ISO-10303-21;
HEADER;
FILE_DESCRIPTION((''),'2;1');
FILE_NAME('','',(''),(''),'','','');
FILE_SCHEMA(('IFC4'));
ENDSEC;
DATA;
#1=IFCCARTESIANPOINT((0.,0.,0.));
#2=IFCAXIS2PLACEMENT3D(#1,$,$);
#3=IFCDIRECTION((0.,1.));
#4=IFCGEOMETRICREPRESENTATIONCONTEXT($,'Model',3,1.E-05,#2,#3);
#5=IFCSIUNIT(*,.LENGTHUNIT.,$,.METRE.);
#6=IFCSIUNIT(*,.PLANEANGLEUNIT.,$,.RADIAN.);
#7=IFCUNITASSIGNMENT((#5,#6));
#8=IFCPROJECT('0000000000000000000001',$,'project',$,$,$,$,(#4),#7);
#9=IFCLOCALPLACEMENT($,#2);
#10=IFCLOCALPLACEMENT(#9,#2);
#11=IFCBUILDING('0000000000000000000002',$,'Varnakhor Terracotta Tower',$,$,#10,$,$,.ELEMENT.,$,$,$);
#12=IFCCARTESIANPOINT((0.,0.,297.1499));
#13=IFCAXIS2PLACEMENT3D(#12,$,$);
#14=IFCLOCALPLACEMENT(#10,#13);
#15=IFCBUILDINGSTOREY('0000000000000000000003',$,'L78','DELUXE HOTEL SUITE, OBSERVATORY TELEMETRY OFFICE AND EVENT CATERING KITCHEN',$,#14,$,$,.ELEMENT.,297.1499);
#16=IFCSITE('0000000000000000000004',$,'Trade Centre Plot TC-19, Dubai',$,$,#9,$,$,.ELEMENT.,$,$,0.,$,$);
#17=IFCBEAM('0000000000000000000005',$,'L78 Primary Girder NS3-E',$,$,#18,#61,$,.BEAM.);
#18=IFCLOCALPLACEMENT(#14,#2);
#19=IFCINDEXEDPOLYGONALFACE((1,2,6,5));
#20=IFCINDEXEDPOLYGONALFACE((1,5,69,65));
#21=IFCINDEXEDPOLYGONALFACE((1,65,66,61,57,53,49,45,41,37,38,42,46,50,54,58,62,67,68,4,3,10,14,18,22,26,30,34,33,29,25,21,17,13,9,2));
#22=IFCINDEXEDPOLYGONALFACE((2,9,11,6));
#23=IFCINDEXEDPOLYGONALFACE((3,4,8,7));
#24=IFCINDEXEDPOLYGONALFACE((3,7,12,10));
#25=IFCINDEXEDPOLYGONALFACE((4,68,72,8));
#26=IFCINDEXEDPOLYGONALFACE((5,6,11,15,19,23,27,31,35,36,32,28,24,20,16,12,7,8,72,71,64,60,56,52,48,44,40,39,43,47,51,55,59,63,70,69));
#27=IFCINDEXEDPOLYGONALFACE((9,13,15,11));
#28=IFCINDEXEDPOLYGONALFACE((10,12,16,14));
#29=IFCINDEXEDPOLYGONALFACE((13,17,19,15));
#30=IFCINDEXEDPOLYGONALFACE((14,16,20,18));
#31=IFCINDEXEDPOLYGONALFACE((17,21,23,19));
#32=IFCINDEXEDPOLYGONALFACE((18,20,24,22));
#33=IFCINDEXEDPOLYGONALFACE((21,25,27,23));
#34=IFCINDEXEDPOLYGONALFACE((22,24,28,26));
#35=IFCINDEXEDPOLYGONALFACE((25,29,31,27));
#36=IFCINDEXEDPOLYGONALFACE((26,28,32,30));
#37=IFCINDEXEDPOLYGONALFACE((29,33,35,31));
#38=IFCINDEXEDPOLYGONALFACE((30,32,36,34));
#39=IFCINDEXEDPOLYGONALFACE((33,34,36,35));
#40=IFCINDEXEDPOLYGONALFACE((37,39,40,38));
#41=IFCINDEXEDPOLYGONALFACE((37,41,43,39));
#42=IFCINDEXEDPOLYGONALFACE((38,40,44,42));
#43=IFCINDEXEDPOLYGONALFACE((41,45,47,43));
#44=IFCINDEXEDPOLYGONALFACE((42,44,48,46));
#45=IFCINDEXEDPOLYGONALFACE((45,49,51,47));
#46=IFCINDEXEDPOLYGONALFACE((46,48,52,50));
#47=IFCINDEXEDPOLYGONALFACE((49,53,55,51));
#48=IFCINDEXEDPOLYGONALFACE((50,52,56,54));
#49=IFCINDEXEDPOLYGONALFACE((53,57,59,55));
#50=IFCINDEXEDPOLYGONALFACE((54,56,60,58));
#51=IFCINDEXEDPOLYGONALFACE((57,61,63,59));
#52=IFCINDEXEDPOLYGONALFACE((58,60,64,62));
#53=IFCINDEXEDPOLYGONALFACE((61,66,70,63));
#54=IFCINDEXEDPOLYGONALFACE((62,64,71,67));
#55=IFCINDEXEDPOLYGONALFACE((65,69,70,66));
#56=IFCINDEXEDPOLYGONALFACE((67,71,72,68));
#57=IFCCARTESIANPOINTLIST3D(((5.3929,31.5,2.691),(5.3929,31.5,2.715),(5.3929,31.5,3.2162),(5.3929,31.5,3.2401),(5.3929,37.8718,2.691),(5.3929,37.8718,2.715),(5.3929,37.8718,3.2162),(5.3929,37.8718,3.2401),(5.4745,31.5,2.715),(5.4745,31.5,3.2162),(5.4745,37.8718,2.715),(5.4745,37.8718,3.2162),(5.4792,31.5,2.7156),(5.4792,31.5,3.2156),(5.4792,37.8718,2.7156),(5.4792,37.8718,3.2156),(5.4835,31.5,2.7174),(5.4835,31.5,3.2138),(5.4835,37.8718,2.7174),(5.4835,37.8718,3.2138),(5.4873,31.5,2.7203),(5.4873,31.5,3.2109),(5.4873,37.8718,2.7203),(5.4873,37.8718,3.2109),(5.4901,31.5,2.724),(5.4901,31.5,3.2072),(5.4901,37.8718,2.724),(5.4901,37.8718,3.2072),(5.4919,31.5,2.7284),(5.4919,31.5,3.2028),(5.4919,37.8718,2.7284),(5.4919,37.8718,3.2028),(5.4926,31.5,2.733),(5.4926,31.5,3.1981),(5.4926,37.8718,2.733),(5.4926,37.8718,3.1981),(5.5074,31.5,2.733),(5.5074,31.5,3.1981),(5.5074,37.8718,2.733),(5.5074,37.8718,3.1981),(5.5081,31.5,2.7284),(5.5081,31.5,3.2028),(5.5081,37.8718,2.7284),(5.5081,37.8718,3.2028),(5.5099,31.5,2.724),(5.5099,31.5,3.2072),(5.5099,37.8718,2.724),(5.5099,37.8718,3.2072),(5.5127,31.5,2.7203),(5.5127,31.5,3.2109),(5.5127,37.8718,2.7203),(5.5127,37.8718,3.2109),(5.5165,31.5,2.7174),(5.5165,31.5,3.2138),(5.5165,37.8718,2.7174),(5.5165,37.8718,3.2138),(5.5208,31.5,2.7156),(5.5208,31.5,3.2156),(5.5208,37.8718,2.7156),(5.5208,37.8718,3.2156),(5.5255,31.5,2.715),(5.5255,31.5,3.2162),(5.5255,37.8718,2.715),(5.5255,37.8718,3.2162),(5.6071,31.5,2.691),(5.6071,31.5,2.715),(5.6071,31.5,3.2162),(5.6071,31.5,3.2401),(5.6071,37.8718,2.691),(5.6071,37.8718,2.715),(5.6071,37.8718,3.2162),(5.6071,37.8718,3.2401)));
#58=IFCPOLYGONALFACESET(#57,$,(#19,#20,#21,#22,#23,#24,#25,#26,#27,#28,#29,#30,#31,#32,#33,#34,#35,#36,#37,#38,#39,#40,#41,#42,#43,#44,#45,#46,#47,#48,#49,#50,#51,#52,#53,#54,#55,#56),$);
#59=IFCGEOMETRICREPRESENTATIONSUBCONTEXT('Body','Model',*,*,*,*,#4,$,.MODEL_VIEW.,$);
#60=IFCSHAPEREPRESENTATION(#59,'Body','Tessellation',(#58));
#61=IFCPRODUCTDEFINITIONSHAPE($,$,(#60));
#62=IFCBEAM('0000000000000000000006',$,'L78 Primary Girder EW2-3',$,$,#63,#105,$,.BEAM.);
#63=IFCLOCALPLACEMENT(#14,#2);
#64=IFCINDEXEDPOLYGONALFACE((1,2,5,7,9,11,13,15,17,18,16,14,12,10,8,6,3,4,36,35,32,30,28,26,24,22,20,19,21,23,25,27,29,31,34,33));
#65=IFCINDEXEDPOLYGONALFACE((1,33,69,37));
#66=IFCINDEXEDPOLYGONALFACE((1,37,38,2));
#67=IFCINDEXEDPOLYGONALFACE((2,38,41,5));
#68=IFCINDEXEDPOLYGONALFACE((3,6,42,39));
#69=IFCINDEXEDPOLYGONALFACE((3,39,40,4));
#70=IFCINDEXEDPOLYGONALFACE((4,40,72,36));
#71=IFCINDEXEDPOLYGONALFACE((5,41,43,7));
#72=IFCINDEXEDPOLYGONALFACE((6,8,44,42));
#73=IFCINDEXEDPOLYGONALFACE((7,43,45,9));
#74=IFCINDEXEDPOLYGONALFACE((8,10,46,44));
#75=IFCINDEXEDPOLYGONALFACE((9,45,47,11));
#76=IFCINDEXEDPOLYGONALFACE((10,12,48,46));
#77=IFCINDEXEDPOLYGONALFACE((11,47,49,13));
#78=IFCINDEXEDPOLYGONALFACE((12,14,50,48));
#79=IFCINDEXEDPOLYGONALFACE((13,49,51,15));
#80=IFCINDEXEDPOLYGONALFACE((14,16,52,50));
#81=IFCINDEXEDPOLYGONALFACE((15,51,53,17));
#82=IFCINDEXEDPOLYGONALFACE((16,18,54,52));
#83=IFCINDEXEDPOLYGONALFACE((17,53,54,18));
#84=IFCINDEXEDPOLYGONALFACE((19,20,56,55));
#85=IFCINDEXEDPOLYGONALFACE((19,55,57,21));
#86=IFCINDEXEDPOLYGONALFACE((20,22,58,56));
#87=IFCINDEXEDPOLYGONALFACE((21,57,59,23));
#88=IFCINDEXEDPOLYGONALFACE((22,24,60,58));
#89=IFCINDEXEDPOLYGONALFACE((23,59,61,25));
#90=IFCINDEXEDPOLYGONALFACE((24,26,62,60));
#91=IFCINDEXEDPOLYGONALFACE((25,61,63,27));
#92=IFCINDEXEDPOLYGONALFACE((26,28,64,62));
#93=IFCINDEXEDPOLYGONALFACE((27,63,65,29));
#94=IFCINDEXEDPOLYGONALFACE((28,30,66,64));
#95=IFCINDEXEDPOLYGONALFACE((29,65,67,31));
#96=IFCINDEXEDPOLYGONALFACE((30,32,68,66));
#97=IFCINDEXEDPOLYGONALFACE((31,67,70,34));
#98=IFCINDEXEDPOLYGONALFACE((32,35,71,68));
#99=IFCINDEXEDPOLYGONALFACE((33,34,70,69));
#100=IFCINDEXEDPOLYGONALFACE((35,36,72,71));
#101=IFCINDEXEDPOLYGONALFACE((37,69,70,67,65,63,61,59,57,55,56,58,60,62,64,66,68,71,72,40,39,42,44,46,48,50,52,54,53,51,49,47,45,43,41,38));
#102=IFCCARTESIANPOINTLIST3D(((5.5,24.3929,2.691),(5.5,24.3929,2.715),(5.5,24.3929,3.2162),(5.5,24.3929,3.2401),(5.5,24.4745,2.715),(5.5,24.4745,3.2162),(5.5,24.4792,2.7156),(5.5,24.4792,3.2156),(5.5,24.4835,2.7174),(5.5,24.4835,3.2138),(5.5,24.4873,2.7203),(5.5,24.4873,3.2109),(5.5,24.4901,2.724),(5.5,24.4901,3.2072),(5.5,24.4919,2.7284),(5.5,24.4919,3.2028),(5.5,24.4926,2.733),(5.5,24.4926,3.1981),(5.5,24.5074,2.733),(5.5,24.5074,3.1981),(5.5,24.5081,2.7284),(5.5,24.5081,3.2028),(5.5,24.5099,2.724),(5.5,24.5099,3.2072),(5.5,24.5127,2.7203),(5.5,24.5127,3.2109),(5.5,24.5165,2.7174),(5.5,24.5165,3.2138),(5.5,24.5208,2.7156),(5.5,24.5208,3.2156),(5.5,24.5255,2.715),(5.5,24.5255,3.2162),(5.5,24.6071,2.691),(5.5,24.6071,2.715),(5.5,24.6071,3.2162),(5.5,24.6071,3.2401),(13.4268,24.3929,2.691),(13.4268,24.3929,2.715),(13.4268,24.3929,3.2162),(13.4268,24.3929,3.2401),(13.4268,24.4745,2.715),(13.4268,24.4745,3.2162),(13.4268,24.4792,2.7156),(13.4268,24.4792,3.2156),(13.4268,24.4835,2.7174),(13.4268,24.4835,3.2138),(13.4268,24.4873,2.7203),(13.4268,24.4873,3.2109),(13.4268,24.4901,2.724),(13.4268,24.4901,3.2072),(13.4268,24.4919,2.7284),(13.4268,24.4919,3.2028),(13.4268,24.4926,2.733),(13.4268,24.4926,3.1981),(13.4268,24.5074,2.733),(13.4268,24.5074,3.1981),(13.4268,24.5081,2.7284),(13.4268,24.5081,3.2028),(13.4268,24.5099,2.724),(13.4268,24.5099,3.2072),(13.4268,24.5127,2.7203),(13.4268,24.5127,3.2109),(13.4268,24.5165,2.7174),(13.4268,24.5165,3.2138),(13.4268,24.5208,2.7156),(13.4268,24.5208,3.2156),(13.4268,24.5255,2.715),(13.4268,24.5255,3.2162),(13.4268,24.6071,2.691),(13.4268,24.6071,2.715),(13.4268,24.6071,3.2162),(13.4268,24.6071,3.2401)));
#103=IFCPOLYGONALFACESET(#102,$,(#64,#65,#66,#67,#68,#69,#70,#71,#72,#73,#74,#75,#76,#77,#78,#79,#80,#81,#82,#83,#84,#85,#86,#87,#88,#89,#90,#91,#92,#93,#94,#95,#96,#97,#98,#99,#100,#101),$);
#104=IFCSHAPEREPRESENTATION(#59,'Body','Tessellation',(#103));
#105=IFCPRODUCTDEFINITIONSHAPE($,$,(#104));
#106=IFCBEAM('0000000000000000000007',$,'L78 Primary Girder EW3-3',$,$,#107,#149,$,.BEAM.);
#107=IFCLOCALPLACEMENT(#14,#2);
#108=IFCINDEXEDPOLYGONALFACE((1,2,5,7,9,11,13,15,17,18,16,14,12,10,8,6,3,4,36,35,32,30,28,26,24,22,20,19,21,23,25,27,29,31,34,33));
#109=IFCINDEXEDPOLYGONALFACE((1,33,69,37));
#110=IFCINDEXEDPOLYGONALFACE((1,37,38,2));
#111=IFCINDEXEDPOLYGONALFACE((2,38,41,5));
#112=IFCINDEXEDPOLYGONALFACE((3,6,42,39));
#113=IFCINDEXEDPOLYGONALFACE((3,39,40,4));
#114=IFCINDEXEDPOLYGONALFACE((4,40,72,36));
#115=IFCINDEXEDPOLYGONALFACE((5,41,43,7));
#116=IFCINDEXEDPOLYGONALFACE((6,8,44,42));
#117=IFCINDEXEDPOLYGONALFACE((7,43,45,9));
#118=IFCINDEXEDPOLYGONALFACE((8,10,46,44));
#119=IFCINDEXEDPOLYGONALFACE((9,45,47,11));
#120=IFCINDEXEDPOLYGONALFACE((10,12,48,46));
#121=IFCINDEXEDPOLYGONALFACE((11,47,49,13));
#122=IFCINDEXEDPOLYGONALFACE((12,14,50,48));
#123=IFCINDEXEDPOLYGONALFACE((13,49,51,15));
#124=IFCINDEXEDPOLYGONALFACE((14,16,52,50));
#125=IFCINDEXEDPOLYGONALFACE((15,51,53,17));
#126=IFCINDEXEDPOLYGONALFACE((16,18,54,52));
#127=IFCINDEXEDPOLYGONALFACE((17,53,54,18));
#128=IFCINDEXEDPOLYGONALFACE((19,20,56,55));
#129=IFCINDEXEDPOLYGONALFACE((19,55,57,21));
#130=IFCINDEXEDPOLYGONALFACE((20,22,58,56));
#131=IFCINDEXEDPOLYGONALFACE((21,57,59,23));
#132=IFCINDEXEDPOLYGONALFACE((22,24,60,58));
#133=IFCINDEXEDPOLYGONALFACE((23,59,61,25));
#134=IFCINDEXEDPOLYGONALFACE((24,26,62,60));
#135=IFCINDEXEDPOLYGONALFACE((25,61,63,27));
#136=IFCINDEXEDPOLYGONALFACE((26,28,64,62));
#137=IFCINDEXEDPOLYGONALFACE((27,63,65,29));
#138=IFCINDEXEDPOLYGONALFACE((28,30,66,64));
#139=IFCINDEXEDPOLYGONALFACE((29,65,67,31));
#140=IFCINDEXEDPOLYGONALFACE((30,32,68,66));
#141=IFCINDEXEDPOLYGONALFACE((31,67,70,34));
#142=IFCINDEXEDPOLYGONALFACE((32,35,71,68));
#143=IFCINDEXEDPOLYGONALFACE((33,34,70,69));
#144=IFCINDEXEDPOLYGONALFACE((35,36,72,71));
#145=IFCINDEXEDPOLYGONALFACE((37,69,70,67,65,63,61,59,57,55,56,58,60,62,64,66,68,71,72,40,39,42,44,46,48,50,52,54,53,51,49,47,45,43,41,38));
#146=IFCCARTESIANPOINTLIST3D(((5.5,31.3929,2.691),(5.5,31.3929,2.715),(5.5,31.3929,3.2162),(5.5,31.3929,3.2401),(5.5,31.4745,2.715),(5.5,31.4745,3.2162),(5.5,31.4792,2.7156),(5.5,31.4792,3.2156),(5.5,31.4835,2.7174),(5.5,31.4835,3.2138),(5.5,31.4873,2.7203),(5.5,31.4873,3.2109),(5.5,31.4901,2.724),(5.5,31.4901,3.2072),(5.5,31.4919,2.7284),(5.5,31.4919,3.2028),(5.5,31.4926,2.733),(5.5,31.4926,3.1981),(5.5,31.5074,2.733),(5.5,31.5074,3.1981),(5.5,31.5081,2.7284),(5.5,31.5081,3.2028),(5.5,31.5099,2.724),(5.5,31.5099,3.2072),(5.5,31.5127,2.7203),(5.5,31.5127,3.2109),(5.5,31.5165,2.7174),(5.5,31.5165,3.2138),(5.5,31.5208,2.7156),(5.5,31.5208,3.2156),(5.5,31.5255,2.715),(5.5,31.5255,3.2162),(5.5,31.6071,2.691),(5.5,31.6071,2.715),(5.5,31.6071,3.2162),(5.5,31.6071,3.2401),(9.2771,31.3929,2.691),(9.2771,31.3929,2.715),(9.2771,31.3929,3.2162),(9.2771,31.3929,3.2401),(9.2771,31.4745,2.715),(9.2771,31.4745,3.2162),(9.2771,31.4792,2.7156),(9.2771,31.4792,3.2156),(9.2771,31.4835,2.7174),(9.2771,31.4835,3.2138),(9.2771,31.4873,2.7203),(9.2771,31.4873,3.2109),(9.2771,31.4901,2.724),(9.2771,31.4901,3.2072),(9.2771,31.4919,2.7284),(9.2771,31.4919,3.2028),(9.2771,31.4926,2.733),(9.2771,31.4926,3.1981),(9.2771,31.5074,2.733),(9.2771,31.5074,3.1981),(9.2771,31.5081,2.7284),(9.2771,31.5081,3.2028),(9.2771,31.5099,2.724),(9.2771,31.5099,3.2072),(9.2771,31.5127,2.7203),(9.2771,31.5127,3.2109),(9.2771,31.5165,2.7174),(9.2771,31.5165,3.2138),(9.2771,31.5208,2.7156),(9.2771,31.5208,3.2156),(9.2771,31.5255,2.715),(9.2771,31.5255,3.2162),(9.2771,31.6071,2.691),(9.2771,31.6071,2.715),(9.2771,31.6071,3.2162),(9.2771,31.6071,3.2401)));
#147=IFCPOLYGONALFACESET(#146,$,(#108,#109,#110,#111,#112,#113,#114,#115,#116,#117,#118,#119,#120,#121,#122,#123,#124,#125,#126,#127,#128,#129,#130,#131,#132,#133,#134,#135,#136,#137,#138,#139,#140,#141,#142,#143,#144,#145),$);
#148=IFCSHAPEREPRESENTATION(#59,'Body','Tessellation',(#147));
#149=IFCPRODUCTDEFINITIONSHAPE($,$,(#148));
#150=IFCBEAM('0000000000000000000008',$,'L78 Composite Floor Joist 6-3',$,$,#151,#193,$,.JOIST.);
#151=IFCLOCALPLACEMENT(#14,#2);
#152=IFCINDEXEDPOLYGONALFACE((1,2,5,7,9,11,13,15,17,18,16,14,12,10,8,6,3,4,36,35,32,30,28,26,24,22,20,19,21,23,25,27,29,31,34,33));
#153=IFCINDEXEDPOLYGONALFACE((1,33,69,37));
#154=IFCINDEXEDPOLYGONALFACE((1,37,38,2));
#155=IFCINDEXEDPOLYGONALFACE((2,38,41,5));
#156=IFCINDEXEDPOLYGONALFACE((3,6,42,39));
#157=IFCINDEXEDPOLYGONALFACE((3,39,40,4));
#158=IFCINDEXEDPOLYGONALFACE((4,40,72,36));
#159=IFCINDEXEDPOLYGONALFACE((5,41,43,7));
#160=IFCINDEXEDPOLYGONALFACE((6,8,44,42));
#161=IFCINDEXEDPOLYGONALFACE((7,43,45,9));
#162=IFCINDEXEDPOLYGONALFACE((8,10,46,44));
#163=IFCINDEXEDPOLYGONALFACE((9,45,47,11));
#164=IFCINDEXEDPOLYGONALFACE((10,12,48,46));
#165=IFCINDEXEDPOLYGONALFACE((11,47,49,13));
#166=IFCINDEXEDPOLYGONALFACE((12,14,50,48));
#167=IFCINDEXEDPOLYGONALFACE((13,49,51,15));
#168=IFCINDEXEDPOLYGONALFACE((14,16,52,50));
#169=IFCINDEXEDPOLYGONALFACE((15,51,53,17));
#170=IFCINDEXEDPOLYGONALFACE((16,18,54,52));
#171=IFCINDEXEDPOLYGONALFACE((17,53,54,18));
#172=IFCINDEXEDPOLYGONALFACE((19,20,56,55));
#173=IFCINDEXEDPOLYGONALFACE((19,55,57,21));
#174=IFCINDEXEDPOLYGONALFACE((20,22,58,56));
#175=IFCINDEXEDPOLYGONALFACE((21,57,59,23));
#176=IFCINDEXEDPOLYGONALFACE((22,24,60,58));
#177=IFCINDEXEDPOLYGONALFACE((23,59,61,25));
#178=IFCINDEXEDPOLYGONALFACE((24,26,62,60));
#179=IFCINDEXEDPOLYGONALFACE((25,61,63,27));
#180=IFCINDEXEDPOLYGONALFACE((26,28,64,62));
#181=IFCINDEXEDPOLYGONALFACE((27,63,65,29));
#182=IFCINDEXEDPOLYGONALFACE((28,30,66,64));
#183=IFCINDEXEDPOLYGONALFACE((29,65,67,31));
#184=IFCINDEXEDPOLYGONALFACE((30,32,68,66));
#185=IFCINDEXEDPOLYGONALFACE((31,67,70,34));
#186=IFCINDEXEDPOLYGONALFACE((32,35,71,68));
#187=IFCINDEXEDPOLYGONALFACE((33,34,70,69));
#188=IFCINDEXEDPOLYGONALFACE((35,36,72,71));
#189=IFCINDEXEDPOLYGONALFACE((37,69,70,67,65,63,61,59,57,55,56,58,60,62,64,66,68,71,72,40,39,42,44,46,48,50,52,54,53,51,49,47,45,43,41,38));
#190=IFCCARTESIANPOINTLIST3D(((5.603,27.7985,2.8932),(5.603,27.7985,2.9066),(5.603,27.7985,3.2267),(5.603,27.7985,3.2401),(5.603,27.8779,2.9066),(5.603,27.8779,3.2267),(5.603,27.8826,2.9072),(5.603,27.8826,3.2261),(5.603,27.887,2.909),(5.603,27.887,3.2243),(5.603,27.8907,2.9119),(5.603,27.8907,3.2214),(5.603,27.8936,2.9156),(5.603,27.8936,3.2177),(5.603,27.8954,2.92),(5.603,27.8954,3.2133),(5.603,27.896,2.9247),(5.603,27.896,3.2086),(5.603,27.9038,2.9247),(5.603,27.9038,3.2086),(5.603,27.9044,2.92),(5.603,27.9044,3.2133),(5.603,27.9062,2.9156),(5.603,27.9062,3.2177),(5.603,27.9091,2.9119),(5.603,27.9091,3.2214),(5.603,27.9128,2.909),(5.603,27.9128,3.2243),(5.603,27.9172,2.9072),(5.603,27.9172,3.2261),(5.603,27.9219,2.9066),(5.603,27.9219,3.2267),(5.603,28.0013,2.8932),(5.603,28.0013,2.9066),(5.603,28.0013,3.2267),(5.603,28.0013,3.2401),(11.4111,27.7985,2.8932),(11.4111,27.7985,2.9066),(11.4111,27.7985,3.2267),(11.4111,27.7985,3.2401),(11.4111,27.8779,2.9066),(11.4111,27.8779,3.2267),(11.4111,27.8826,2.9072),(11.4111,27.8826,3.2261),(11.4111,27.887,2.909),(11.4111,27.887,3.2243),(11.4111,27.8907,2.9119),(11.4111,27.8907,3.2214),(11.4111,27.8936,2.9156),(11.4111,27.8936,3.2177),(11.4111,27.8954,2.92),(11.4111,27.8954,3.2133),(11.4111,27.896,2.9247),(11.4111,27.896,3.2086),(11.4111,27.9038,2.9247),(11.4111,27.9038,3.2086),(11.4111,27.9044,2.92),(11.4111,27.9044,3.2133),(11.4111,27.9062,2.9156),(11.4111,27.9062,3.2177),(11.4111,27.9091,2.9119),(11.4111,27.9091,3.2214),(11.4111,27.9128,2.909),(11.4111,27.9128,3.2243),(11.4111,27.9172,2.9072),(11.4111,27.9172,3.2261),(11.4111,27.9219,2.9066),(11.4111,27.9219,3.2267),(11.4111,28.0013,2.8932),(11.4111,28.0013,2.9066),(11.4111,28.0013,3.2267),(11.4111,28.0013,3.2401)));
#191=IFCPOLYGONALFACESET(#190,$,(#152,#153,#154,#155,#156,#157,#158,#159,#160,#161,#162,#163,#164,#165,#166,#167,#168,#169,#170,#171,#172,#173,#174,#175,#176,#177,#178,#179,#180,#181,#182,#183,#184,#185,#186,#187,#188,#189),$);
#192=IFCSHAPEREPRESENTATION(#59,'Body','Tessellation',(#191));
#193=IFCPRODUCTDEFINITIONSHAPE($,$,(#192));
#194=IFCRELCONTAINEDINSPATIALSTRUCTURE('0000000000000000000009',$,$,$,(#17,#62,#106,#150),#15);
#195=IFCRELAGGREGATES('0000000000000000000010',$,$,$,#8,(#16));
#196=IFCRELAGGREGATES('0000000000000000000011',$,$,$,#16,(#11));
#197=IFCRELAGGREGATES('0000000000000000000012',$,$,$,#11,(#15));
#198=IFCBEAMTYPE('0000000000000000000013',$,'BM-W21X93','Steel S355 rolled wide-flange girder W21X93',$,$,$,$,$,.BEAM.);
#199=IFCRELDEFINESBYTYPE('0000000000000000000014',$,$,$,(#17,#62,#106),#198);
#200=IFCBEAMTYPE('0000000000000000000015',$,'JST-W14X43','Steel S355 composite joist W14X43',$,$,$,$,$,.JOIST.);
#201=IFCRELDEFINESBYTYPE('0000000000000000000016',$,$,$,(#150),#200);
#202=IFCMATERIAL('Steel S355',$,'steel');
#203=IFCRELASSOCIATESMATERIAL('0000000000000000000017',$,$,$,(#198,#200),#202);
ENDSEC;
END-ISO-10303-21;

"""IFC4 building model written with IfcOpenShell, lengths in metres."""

from ifc_helpers import new_model, si_unit, direction, frame, origin, origin_2d, place, context, subcontext, project, spatial, i_section, extrude, source, transform, mapped, material, material_profile, profile_set, type_object, element, save


model = new_model("IFC4")

# Units and contexts
model_context = context("Model", 3, precision=1e-05, world=origin(), true_north=direction((0.0, 1.0)))
body_context = subcontext(model_context, "Body", "Model", "MODEL_VIEW")
ifc_project = project(units=[si_unit("LENGTHUNIT", "METRE"), si_unit("PLANEANGLEUNIT", "RADIAN")], contexts=[model_context])

# Site, building, storey
site_placement = place(None, origin())
site = spatial("IfcSite", under=ifc_project, at=site_placement, Name="Trade Centre Plot TC-19, Dubai", CompositionType="ELEMENT", RefElevation=0.0)
building_placement = place(site_placement, origin())
building = spatial("IfcBuilding", under=site, at=building_placement, Name="Varnakhor Terracotta Tower", CompositionType="ELEMENT")
storey_placement = place(building_placement, frame((0.0, 0.0, 297.1499)))
storey = spatial("IfcBuildingStorey", under=building, at=storey_placement, Name="L78", Description="DELUXE HOTEL SUITE, OBSERVATORY TELEMETRY OFFICE AND EVENT CATERING KITCHEN", CompositionType="ELEMENT", Elevation=297.1499)

# Shared definitions
ifc_material_1 = material(Name="Steel S355", Category="steel")

# Beams
ifc_material_profile_1 = material_profile(ifc_material_1, i_section(OverallWidth=0.2141, OverallDepth=0.5491, WebThickness=0.0149, FlangeThickness=0.0239, FilletRadius=0.0181, at=origin_2d()), Name="W21X93")
ifc_profile_set_1 = profile_set([ifc_material_profile_1], Name="Steel S355")
beam_type_1 = type_object("IfcBeamType", Name="BM-W21X93", Description="Steel S355 rolled wide-flange girder W21X93", PredefinedType="BEAM", material=ifc_profile_set_1)
shared_shape_1 = source(origin(), body_context, "Body", "SweptSolid", [
    extrude(i_section(OverallWidth=0.2141, OverallDepth=0.5491, WebThickness=0.0149, FlangeThickness=0.0239, FilletRadius=0.0181, at=origin_2d()), origin(), (0.0, 0.0, 1.0), 6.3718),
])
beam_1_placement = place(storey_placement, frame((5.5, 31.5, 2.9656), z_axis=(0.0, 1.0, 0.0), x_axis=(-1.0, 0.0, 0.0)))
element("IfcBeam", 1, at=beam_1_placement, inside=storey, type_object=beam_type_1, Name="L78 Primary Girder NS3-E", PredefinedType="BEAM", context=body_context, shape_type="MappedRepresentation", body=[
    mapped(shared_shape_1, transform((0.0, 0.0, 0.0), scale=1.0)),
])
shared_shape_2 = source(origin(), body_context, "Body", "SweptSolid", [
    extrude(i_section(OverallWidth=0.2141, OverallDepth=0.5491, WebThickness=0.0149, FlangeThickness=0.0239, FilletRadius=0.0181, at=origin_2d()), origin(), (0.0, 0.0, 1.0), 7.9268),
])
beam_2_placement = place(storey_placement, frame((5.5, 24.5, 2.9656), z_axis=(1.0, 0.0, 0.0), x_axis=(0.0, 1.0, 0.0)))
element("IfcBeam", 2, at=beam_2_placement, inside=storey, type_object=beam_type_1, Name="L78 Primary Girder EW2-3", PredefinedType="BEAM", context=body_context, shape_type="MappedRepresentation", body=[
    mapped(shared_shape_2, transform((0.0, 0.0, 0.0), scale=1.0)),
])
shared_shape_3 = source(origin(), body_context, "Body", "SweptSolid", [
    extrude(i_section(OverallWidth=0.2141, OverallDepth=0.5491, WebThickness=0.0149, FlangeThickness=0.0239, FilletRadius=0.0181, at=origin_2d()), origin(), (0.0, 0.0, 1.0), 3.7771),
])
beam_3_placement = place(storey_placement, frame((5.5, 31.5, 2.9656), z_axis=(1.0, 0.0, 0.0), x_axis=(0.0, 1.0, 0.0)))
element("IfcBeam", 3, at=beam_3_placement, inside=storey, type_object=beam_type_1, Name="L78 Primary Girder EW3-3", PredefinedType="BEAM", context=body_context, shape_type="MappedRepresentation", body=[
    mapped(shared_shape_3, transform((0.0, 0.0, 0.0), scale=1.0)),
])
ifc_material_profile_2 = material_profile(ifc_material_1, i_section(OverallWidth=0.2029, OverallDepth=0.3469, WebThickness=0.0078, FlangeThickness=0.0134, FilletRadius=0.0181, at=origin_2d()), Name="W14X43")
ifc_profile_set_2 = profile_set([ifc_material_profile_2], Name="Steel S355")
beam_type_2 = type_object("IfcBeamType", Name="JST-W14X43", Description="Steel S355 composite joist W14X43", PredefinedType="JOIST", material=ifc_profile_set_2)
shared_shape_4 = source(origin(), body_context, "Body", "SweptSolid", [
    extrude(i_section(OverallWidth=0.2029, OverallDepth=0.3469, WebThickness=0.0078, FlangeThickness=0.0134, FilletRadius=0.0181, at=origin_2d()), origin(), (0.0, 0.0, 1.0), 5.8081),
])
beam_4_placement = place(storey_placement, frame((5.603, 27.8999, 3.0667), z_axis=(1.0, 0.0, 0.0), x_axis=(0.0, 1.0, 0.0)))
element("IfcBeam", 4, at=beam_4_placement, inside=storey, type_object=beam_type_2, Name="L78 Composite Floor Joist 6-3", PredefinedType="JOIST", context=body_context, shape_type="MappedRepresentation", body=[
    mapped(shared_shape_4, transform((0.0, 0.0, 0.0), scale=1.0)),
])

save(model, "model.ifc")
